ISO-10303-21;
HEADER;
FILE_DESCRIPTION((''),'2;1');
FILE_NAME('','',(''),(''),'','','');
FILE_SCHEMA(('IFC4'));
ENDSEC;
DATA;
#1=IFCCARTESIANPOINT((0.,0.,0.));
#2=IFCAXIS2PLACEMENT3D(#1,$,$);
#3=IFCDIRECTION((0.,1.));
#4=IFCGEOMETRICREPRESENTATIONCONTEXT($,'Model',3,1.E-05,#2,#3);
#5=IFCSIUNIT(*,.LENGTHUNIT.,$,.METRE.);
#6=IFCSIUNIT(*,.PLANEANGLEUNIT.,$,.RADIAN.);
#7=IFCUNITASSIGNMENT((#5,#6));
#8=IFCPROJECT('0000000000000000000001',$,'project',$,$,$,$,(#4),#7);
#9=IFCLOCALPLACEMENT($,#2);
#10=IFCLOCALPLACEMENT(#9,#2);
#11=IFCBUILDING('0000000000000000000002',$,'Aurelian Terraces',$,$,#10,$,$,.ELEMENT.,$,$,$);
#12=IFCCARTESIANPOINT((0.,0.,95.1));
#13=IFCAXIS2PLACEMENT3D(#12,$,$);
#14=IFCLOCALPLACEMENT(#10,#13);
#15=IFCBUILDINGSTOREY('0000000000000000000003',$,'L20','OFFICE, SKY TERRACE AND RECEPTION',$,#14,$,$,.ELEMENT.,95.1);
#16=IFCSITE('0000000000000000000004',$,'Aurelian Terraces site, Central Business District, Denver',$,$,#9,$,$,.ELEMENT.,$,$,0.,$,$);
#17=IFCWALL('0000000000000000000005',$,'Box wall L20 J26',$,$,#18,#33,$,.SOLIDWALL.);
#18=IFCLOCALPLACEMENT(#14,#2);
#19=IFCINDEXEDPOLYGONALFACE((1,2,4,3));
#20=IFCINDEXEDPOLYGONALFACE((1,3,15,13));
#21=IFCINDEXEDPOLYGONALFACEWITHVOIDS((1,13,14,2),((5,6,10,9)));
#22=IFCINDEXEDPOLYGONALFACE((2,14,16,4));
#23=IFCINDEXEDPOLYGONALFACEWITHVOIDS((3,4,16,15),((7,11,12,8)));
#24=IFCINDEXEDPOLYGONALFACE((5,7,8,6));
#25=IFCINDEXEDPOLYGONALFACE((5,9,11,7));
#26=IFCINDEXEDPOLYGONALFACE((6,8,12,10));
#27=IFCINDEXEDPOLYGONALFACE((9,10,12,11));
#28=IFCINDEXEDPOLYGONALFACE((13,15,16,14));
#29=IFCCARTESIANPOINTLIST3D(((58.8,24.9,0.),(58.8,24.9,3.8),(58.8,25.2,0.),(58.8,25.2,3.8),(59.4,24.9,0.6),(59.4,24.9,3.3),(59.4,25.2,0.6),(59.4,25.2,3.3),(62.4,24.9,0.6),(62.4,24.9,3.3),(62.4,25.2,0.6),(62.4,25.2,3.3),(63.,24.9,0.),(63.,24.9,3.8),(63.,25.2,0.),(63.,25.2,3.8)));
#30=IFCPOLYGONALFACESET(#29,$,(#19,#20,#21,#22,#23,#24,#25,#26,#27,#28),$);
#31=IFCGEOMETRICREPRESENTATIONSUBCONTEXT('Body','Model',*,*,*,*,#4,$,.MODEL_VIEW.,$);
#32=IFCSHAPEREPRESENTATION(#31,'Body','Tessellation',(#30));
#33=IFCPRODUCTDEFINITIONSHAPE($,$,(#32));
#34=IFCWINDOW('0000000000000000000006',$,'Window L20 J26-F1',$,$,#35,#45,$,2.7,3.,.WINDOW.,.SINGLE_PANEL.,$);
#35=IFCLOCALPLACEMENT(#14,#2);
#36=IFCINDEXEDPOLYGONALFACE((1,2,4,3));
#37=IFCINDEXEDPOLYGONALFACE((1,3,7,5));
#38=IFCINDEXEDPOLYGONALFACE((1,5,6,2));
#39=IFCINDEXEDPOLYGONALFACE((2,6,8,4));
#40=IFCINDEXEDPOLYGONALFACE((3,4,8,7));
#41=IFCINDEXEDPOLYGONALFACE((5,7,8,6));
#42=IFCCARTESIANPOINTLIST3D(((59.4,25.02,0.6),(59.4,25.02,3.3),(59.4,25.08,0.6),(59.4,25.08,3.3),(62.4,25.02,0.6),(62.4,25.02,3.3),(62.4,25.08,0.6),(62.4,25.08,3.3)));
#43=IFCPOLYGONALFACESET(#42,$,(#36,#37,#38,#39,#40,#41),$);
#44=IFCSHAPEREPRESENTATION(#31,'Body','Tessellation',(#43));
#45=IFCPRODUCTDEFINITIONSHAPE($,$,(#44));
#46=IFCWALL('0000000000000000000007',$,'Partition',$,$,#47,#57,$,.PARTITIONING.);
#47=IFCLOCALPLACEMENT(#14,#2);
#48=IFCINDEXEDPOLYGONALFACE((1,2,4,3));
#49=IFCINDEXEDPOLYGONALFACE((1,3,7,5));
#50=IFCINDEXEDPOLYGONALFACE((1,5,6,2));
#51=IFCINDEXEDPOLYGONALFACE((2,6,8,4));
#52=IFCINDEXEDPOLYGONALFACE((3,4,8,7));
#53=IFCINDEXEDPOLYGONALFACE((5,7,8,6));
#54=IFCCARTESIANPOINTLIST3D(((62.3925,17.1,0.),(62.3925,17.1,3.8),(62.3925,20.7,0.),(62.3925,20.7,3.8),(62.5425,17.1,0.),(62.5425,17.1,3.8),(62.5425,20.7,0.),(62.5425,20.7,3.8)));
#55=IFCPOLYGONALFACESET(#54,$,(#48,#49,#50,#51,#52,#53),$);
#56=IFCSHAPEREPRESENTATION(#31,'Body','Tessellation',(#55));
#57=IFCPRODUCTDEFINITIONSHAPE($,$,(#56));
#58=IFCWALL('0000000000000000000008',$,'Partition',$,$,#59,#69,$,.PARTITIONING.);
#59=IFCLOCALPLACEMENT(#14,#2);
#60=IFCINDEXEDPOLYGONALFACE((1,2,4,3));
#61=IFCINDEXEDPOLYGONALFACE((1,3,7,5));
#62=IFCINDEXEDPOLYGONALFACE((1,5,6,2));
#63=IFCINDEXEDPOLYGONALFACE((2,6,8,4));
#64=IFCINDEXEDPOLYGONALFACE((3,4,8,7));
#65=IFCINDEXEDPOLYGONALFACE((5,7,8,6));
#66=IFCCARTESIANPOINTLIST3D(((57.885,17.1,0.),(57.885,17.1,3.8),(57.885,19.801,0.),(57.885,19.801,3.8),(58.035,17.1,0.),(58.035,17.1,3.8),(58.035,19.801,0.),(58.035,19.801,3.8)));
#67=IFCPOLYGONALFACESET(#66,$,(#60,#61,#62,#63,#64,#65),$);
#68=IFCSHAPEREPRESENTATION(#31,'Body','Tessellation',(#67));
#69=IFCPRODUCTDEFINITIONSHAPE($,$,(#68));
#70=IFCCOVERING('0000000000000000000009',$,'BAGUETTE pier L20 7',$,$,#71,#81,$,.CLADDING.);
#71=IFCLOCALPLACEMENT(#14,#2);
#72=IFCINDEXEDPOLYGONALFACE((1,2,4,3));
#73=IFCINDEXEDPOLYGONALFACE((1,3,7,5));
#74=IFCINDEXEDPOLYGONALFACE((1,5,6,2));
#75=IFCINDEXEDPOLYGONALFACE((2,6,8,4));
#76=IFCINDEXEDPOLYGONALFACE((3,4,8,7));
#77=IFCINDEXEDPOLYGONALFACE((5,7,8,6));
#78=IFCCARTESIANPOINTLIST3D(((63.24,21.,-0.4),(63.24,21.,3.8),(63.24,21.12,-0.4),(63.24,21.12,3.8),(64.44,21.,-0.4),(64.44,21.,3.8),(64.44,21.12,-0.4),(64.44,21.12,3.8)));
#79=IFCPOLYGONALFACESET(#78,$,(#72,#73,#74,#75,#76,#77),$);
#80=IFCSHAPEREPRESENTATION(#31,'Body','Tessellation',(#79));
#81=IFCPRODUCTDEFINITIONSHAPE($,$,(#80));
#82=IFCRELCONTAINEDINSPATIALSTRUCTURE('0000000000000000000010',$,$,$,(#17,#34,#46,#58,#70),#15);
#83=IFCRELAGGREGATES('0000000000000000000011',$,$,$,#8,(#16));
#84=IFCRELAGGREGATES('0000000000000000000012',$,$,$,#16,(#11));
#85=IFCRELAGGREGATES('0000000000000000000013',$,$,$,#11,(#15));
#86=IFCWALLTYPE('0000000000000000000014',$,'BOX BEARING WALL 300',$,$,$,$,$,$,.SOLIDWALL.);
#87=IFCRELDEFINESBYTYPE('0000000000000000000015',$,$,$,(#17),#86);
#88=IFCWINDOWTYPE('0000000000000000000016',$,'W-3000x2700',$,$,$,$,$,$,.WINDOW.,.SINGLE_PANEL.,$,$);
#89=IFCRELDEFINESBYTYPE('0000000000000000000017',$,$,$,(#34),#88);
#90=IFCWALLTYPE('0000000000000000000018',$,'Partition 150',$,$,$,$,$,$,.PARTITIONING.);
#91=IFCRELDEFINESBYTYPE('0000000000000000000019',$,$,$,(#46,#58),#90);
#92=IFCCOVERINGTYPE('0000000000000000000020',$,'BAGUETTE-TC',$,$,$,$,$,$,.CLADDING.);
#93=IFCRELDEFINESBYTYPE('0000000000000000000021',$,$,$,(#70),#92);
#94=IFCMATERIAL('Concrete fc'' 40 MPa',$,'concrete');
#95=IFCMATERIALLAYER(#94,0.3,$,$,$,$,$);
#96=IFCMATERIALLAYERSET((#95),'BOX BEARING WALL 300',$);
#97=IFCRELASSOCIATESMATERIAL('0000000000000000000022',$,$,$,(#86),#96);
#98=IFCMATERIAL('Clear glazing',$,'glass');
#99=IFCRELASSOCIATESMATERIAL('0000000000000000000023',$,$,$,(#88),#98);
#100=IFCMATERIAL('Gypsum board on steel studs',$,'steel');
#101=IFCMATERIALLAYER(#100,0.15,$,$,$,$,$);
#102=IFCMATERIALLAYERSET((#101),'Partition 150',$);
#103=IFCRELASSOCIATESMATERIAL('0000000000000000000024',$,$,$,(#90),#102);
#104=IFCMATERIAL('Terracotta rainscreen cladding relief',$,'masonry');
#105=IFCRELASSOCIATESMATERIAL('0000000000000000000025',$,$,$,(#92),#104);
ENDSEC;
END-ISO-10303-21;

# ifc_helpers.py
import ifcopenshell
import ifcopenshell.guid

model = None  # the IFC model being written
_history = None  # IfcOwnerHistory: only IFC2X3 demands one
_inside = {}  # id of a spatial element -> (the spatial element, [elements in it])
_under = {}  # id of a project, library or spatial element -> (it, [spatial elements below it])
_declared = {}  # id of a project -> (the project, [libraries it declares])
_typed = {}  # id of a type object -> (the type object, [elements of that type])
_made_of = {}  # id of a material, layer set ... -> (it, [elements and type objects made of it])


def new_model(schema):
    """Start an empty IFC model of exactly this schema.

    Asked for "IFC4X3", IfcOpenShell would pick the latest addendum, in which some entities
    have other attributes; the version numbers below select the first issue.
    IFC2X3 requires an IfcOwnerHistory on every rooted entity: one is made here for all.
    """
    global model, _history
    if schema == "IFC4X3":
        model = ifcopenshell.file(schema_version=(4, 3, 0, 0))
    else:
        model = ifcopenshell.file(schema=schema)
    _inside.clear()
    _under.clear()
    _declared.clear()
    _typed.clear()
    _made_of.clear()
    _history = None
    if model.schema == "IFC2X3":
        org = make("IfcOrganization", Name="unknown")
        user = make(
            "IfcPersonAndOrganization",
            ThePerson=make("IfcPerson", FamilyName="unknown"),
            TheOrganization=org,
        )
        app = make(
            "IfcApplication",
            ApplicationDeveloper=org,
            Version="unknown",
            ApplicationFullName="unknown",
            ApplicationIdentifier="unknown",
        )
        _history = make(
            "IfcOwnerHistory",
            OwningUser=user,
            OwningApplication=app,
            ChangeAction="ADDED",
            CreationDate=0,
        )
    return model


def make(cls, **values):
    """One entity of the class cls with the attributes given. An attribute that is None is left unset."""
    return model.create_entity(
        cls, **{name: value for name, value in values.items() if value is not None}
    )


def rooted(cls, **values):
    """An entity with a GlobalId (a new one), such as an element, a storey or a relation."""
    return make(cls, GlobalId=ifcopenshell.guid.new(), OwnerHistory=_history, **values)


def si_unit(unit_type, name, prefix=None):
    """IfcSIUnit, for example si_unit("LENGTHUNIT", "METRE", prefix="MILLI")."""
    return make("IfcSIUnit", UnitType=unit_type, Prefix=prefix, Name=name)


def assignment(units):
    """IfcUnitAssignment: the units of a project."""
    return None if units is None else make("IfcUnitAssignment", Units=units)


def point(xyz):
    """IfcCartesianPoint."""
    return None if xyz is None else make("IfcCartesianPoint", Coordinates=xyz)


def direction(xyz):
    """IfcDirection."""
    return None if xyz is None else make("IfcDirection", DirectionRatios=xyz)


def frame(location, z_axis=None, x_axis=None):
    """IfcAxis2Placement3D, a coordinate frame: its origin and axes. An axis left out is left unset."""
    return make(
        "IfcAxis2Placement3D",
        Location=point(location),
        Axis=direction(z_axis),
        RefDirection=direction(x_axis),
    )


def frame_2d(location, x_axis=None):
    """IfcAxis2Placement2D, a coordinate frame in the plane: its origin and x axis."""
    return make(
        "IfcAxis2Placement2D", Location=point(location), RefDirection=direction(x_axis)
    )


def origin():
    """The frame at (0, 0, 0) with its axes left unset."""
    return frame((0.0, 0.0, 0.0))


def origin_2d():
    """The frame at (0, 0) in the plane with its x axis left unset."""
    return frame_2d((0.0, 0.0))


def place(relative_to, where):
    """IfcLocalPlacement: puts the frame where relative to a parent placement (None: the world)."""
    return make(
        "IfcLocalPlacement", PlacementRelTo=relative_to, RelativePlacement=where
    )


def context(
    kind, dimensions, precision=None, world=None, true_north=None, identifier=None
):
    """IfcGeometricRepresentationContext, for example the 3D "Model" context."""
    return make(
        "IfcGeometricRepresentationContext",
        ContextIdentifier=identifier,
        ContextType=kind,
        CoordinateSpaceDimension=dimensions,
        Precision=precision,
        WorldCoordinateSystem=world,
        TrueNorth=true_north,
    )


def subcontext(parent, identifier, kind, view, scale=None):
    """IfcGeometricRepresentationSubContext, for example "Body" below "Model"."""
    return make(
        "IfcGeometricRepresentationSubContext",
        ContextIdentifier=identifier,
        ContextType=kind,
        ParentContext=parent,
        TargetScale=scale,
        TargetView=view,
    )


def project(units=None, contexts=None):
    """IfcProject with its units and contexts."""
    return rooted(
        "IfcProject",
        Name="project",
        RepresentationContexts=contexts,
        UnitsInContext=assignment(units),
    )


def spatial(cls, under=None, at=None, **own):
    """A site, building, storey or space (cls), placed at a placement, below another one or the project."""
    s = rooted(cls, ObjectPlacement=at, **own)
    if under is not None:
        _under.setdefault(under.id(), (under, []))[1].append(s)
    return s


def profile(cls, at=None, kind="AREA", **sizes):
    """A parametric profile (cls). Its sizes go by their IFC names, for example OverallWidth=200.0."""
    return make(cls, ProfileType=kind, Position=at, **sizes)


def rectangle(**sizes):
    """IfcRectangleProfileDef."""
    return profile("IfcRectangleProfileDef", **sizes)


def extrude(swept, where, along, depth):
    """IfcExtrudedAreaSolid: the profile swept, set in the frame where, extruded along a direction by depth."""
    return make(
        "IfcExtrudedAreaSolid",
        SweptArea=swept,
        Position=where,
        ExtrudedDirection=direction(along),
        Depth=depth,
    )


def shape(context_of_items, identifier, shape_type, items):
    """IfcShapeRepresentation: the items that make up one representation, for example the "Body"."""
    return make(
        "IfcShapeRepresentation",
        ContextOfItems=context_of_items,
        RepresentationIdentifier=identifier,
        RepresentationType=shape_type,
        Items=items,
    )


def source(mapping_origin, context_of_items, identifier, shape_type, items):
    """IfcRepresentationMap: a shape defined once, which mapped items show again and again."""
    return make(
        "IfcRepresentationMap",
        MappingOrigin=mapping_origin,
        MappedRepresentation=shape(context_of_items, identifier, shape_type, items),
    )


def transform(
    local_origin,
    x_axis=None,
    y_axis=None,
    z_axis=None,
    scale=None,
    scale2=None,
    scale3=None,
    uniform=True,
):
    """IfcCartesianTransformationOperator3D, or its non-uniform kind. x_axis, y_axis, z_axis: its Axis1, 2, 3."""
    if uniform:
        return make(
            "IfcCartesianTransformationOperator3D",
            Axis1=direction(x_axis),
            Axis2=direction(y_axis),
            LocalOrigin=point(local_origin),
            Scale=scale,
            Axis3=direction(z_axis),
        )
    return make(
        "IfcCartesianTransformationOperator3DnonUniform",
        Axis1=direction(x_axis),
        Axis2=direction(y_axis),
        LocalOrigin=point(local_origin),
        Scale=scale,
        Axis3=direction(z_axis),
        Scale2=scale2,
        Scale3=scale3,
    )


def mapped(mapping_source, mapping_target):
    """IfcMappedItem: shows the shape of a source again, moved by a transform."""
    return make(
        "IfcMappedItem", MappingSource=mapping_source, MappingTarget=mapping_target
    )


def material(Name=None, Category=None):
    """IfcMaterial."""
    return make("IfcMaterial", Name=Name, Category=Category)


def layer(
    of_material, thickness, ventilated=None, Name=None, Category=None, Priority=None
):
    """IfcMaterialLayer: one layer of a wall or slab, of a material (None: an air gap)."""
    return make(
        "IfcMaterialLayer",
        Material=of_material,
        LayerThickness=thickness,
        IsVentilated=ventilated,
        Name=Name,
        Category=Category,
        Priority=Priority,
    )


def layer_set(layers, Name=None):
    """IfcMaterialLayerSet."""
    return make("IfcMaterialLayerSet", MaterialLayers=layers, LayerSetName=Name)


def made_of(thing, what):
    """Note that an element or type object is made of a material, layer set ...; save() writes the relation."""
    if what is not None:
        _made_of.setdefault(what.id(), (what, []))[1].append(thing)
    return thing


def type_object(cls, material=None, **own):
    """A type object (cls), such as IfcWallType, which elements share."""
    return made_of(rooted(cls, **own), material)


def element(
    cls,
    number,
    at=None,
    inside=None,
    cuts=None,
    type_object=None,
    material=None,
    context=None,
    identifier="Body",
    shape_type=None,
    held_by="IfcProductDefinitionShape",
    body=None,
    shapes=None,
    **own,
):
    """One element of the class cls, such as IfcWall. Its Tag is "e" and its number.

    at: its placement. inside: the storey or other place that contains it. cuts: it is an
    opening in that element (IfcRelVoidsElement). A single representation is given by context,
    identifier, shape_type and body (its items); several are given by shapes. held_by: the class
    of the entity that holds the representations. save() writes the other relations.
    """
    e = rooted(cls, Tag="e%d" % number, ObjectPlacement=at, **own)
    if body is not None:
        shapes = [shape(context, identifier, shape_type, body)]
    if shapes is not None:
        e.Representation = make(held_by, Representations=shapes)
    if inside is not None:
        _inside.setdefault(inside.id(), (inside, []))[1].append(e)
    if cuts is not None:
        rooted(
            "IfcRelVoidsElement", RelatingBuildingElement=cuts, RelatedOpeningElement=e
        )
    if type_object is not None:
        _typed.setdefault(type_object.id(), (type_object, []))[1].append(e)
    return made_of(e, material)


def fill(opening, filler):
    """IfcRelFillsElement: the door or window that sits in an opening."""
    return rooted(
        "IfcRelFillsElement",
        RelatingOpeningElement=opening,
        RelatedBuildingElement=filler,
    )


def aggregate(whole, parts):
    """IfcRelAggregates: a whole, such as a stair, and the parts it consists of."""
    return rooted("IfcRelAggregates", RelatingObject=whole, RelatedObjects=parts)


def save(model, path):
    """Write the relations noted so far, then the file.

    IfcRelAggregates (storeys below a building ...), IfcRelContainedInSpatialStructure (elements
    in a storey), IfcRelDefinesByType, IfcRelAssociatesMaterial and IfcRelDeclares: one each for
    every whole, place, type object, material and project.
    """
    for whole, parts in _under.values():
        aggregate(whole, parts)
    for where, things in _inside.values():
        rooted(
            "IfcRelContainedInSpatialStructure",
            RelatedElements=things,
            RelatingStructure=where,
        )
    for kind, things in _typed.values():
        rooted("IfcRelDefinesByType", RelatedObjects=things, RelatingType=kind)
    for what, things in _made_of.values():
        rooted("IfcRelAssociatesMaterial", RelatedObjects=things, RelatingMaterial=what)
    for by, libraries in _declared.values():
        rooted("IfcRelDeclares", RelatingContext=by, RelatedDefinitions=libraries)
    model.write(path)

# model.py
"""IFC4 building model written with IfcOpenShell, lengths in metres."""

from ifc_helpers import new_model, si_unit, direction, frame, frame_2d, origin, origin_2d, place, context, subcontext, project, spatial, rectangle, extrude, source, transform, mapped, material, layer, layer_set, type_object, element, fill, save


model = new_model("IFC4")

# Units and contexts
model_context = context("Model", 3, precision=1e-05, world=origin(), true_north=direction((0.0, 1.0)))
body_context = subcontext(model_context, "Body", "Model", "MODEL_VIEW")
ifc_project = project(units=[si_unit("LENGTHUNIT", "METRE"), si_unit("PLANEANGLEUNIT", "RADIAN")], contexts=[model_context])

# Site, building, storey
site_placement = place(None, origin())
site = spatial("IfcSite", under=ifc_project, at=site_placement, Name="Aurelian Terraces site, Central Business District, Denver", CompositionType="ELEMENT", RefElevation=0.0)
building_placement = place(site_placement, origin())
building = spatial("IfcBuilding", under=site, at=building_placement, Name="Aurelian Terraces", CompositionType="ELEMENT")
storey_placement = place(building_placement, frame((0.0, 0.0, 95.1)))
storey = spatial("IfcBuildingStorey", under=building, at=storey_placement, Name="L20", Description="OFFICE, SKY TERRACE AND RECEPTION", CompositionType="ELEMENT", Elevation=95.1)

# Wall, opening, window
ifc_material_1 = material(Name="Clear glazing", Category="glass")
ifc_material_2 = material(Name="Concrete fc' 40 MPa", Category="concrete")
ifc_layer_1 = layer(ifc_material_2, 0.3)
ifc_layer_set_1 = layer_set([ifc_layer_1], Name="BOX BEARING WALL 300")
wall_type_1 = type_object("IfcWallType", Name="BOX BEARING WALL 300", PredefinedType="SOLIDWALL", material=ifc_layer_set_1)
shared_shape_1 = source(origin(), body_context, "Body", "SweptSolid", [
    extrude(rectangle(XDim=4.2, YDim=0.3, at=frame_2d((2.1, 0.0))), origin(), (0.0, 0.0, 1.0), 3.8),
])
wall_1_placement = place(storey_placement, frame((63.0, 25.05, 0.0), z_axis=(0.0, 0.0, 1.0), x_axis=(-1.0, 0.0, 0.0)))
wall_1 = element("IfcWall", 1, at=wall_1_placement, inside=storey, type_object=wall_type_1, Name="Box wall L20 J26", PredefinedType="SOLIDWALL", context=body_context, shape_type="MappedRepresentation", body=[
    mapped(shared_shape_1, transform((0.0, 0.0, 0.0), scale=1.0)),
])
shared_shape_2 = source(origin(), body_context, "Body", "SweptSolid", [
    extrude(rectangle(XDim=3.0, YDim=2.7, at=frame_2d((1.5, 1.35))), frame((0.0, 0.16, 0.0), z_axis=(0.0, -1.0, 0.0), x_axis=(1.0, 0.0, 0.0)), (0.0, 0.0, 1.0), 0.32),
])
opening_1_placement = place(wall_1_placement, frame((0.6, 0.0, 0.6)))
opening_1 = element("IfcOpeningElement", 2, at=opening_1_placement, cuts=wall_1, PredefinedType="OPENING", context=body_context, shape_type="MappedRepresentation", body=[
    mapped(shared_shape_2, transform((0.0, 0.0, 0.0), scale=1.0)),
])
window_type_1 = type_object("IfcWindowType", Name="W-3000x2700", PartitioningType="SINGLE_PANEL", PredefinedType="WINDOW", material=ifc_material_1)
shared_shape_3 = source(origin(), body_context, "Body", "SweptSolid", [
    extrude(rectangle(XDim=3.0, YDim=2.7, at=frame_2d((1.5, 1.35))), frame((0.0, 0.03, 0.0), z_axis=(0.0, -1.0, 0.0), x_axis=(1.0, 0.0, 0.0)), (0.0, 0.0, 1.0), 0.06),
])
window_1_placement = place(opening_1_placement, origin())
window_1 = element("IfcWindow", 3, at=window_1_placement, inside=storey, type_object=window_type_1, Name="Window L20 J26-F1", OverallHeight=2.7, OverallWidth=3.0, PartitioningType="SINGLE_PANEL", PredefinedType="WINDOW", context=body_context, shape_type="MappedRepresentation", body=[
    mapped(shared_shape_3, transform((0.0, 0.0, 0.0), scale=1.0)),
])
fill(opening_1, window_1)

# Walls
ifc_material_3 = material(Name="Gypsum board on steel studs", Category="steel")
ifc_layer_2 = layer(ifc_material_3, 0.15)
ifc_layer_set_2 = layer_set([ifc_layer_2], Name="Partition 150")
wall_type_2 = type_object("IfcWallType", Name="Partition 150", PredefinedType="PARTITIONING", material=ifc_layer_set_2)
shared_shape_4 = source(origin(), body_context, "Body", "SweptSolid", [
    extrude(rectangle(XDim=3.6, YDim=0.15, at=frame_2d((1.8, 0.0))), origin(), (0.0, 0.0, 1.0), 3.8),
])
wall_2_placement = place(storey_placement, frame((62.4675, 20.7, 0.0), z_axis=(0.0, 0.0, 1.0), x_axis=(0.0, -1.0, 0.0)))
element("IfcWall", 4, at=wall_2_placement, inside=storey, type_object=wall_type_2, Name="Partition", PredefinedType="PARTITIONING", context=body_context, shape_type="MappedRepresentation", body=[
    mapped(shared_shape_4, transform((0.0, 0.0, 0.0), scale=1.0)),
])
shared_shape_5 = source(origin(), body_context, "Body", "SweptSolid", [
    extrude(rectangle(XDim=2.701, YDim=0.15, at=frame_2d((1.3505, 0.0))), origin(), (0.0, 0.0, 1.0), 3.8),
])
wall_3_placement = place(storey_placement, frame((57.96, 17.1, 0.0), z_axis=(0.0, 0.0, 1.0), x_axis=(0.0, 1.0, 0.0)))
element("IfcWall", 5, at=wall_3_placement, inside=storey, type_object=wall_type_2, Name="Partition", PredefinedType="PARTITIONING", context=body_context, shape_type="MappedRepresentation", body=[
    mapped(shared_shape_5, transform((0.0, 0.0, 0.0), scale=1.0)),
])

# Covering
ifc_material_4 = material(Name="Terracotta rainscreen cladding relief", Category="masonry")
covering_type = type_object("IfcCoveringType", Name="BAGUETTE-TC", PredefinedType="CLADDING", material=ifc_material_4)
shared_shape_6 = source(origin(), body_context, "Body", "SweptSolid", [
    extrude(rectangle(XDim=1.2, YDim=0.12, at=origin_2d()), origin(), (0.0, 0.0, 1.0), 4.2),
])
covering_placement = place(storey_placement, frame((63.84, 21.06, -0.4), z_axis=(0.0, 0.0, 1.0), x_axis=(1.0, 0.0, 0.0)))
element("IfcCovering", 6, at=covering_placement, inside=storey, type_object=covering_type, Name="BAGUETTE pier L20 7", PredefinedType="CLADDING", context=body_context, shape_type="MappedRepresentation", body=[
    mapped(shared_shape_6, transform((0.0, 0.0, 0.0), scale=1.0)),
])

save(model, "model.ifc")
